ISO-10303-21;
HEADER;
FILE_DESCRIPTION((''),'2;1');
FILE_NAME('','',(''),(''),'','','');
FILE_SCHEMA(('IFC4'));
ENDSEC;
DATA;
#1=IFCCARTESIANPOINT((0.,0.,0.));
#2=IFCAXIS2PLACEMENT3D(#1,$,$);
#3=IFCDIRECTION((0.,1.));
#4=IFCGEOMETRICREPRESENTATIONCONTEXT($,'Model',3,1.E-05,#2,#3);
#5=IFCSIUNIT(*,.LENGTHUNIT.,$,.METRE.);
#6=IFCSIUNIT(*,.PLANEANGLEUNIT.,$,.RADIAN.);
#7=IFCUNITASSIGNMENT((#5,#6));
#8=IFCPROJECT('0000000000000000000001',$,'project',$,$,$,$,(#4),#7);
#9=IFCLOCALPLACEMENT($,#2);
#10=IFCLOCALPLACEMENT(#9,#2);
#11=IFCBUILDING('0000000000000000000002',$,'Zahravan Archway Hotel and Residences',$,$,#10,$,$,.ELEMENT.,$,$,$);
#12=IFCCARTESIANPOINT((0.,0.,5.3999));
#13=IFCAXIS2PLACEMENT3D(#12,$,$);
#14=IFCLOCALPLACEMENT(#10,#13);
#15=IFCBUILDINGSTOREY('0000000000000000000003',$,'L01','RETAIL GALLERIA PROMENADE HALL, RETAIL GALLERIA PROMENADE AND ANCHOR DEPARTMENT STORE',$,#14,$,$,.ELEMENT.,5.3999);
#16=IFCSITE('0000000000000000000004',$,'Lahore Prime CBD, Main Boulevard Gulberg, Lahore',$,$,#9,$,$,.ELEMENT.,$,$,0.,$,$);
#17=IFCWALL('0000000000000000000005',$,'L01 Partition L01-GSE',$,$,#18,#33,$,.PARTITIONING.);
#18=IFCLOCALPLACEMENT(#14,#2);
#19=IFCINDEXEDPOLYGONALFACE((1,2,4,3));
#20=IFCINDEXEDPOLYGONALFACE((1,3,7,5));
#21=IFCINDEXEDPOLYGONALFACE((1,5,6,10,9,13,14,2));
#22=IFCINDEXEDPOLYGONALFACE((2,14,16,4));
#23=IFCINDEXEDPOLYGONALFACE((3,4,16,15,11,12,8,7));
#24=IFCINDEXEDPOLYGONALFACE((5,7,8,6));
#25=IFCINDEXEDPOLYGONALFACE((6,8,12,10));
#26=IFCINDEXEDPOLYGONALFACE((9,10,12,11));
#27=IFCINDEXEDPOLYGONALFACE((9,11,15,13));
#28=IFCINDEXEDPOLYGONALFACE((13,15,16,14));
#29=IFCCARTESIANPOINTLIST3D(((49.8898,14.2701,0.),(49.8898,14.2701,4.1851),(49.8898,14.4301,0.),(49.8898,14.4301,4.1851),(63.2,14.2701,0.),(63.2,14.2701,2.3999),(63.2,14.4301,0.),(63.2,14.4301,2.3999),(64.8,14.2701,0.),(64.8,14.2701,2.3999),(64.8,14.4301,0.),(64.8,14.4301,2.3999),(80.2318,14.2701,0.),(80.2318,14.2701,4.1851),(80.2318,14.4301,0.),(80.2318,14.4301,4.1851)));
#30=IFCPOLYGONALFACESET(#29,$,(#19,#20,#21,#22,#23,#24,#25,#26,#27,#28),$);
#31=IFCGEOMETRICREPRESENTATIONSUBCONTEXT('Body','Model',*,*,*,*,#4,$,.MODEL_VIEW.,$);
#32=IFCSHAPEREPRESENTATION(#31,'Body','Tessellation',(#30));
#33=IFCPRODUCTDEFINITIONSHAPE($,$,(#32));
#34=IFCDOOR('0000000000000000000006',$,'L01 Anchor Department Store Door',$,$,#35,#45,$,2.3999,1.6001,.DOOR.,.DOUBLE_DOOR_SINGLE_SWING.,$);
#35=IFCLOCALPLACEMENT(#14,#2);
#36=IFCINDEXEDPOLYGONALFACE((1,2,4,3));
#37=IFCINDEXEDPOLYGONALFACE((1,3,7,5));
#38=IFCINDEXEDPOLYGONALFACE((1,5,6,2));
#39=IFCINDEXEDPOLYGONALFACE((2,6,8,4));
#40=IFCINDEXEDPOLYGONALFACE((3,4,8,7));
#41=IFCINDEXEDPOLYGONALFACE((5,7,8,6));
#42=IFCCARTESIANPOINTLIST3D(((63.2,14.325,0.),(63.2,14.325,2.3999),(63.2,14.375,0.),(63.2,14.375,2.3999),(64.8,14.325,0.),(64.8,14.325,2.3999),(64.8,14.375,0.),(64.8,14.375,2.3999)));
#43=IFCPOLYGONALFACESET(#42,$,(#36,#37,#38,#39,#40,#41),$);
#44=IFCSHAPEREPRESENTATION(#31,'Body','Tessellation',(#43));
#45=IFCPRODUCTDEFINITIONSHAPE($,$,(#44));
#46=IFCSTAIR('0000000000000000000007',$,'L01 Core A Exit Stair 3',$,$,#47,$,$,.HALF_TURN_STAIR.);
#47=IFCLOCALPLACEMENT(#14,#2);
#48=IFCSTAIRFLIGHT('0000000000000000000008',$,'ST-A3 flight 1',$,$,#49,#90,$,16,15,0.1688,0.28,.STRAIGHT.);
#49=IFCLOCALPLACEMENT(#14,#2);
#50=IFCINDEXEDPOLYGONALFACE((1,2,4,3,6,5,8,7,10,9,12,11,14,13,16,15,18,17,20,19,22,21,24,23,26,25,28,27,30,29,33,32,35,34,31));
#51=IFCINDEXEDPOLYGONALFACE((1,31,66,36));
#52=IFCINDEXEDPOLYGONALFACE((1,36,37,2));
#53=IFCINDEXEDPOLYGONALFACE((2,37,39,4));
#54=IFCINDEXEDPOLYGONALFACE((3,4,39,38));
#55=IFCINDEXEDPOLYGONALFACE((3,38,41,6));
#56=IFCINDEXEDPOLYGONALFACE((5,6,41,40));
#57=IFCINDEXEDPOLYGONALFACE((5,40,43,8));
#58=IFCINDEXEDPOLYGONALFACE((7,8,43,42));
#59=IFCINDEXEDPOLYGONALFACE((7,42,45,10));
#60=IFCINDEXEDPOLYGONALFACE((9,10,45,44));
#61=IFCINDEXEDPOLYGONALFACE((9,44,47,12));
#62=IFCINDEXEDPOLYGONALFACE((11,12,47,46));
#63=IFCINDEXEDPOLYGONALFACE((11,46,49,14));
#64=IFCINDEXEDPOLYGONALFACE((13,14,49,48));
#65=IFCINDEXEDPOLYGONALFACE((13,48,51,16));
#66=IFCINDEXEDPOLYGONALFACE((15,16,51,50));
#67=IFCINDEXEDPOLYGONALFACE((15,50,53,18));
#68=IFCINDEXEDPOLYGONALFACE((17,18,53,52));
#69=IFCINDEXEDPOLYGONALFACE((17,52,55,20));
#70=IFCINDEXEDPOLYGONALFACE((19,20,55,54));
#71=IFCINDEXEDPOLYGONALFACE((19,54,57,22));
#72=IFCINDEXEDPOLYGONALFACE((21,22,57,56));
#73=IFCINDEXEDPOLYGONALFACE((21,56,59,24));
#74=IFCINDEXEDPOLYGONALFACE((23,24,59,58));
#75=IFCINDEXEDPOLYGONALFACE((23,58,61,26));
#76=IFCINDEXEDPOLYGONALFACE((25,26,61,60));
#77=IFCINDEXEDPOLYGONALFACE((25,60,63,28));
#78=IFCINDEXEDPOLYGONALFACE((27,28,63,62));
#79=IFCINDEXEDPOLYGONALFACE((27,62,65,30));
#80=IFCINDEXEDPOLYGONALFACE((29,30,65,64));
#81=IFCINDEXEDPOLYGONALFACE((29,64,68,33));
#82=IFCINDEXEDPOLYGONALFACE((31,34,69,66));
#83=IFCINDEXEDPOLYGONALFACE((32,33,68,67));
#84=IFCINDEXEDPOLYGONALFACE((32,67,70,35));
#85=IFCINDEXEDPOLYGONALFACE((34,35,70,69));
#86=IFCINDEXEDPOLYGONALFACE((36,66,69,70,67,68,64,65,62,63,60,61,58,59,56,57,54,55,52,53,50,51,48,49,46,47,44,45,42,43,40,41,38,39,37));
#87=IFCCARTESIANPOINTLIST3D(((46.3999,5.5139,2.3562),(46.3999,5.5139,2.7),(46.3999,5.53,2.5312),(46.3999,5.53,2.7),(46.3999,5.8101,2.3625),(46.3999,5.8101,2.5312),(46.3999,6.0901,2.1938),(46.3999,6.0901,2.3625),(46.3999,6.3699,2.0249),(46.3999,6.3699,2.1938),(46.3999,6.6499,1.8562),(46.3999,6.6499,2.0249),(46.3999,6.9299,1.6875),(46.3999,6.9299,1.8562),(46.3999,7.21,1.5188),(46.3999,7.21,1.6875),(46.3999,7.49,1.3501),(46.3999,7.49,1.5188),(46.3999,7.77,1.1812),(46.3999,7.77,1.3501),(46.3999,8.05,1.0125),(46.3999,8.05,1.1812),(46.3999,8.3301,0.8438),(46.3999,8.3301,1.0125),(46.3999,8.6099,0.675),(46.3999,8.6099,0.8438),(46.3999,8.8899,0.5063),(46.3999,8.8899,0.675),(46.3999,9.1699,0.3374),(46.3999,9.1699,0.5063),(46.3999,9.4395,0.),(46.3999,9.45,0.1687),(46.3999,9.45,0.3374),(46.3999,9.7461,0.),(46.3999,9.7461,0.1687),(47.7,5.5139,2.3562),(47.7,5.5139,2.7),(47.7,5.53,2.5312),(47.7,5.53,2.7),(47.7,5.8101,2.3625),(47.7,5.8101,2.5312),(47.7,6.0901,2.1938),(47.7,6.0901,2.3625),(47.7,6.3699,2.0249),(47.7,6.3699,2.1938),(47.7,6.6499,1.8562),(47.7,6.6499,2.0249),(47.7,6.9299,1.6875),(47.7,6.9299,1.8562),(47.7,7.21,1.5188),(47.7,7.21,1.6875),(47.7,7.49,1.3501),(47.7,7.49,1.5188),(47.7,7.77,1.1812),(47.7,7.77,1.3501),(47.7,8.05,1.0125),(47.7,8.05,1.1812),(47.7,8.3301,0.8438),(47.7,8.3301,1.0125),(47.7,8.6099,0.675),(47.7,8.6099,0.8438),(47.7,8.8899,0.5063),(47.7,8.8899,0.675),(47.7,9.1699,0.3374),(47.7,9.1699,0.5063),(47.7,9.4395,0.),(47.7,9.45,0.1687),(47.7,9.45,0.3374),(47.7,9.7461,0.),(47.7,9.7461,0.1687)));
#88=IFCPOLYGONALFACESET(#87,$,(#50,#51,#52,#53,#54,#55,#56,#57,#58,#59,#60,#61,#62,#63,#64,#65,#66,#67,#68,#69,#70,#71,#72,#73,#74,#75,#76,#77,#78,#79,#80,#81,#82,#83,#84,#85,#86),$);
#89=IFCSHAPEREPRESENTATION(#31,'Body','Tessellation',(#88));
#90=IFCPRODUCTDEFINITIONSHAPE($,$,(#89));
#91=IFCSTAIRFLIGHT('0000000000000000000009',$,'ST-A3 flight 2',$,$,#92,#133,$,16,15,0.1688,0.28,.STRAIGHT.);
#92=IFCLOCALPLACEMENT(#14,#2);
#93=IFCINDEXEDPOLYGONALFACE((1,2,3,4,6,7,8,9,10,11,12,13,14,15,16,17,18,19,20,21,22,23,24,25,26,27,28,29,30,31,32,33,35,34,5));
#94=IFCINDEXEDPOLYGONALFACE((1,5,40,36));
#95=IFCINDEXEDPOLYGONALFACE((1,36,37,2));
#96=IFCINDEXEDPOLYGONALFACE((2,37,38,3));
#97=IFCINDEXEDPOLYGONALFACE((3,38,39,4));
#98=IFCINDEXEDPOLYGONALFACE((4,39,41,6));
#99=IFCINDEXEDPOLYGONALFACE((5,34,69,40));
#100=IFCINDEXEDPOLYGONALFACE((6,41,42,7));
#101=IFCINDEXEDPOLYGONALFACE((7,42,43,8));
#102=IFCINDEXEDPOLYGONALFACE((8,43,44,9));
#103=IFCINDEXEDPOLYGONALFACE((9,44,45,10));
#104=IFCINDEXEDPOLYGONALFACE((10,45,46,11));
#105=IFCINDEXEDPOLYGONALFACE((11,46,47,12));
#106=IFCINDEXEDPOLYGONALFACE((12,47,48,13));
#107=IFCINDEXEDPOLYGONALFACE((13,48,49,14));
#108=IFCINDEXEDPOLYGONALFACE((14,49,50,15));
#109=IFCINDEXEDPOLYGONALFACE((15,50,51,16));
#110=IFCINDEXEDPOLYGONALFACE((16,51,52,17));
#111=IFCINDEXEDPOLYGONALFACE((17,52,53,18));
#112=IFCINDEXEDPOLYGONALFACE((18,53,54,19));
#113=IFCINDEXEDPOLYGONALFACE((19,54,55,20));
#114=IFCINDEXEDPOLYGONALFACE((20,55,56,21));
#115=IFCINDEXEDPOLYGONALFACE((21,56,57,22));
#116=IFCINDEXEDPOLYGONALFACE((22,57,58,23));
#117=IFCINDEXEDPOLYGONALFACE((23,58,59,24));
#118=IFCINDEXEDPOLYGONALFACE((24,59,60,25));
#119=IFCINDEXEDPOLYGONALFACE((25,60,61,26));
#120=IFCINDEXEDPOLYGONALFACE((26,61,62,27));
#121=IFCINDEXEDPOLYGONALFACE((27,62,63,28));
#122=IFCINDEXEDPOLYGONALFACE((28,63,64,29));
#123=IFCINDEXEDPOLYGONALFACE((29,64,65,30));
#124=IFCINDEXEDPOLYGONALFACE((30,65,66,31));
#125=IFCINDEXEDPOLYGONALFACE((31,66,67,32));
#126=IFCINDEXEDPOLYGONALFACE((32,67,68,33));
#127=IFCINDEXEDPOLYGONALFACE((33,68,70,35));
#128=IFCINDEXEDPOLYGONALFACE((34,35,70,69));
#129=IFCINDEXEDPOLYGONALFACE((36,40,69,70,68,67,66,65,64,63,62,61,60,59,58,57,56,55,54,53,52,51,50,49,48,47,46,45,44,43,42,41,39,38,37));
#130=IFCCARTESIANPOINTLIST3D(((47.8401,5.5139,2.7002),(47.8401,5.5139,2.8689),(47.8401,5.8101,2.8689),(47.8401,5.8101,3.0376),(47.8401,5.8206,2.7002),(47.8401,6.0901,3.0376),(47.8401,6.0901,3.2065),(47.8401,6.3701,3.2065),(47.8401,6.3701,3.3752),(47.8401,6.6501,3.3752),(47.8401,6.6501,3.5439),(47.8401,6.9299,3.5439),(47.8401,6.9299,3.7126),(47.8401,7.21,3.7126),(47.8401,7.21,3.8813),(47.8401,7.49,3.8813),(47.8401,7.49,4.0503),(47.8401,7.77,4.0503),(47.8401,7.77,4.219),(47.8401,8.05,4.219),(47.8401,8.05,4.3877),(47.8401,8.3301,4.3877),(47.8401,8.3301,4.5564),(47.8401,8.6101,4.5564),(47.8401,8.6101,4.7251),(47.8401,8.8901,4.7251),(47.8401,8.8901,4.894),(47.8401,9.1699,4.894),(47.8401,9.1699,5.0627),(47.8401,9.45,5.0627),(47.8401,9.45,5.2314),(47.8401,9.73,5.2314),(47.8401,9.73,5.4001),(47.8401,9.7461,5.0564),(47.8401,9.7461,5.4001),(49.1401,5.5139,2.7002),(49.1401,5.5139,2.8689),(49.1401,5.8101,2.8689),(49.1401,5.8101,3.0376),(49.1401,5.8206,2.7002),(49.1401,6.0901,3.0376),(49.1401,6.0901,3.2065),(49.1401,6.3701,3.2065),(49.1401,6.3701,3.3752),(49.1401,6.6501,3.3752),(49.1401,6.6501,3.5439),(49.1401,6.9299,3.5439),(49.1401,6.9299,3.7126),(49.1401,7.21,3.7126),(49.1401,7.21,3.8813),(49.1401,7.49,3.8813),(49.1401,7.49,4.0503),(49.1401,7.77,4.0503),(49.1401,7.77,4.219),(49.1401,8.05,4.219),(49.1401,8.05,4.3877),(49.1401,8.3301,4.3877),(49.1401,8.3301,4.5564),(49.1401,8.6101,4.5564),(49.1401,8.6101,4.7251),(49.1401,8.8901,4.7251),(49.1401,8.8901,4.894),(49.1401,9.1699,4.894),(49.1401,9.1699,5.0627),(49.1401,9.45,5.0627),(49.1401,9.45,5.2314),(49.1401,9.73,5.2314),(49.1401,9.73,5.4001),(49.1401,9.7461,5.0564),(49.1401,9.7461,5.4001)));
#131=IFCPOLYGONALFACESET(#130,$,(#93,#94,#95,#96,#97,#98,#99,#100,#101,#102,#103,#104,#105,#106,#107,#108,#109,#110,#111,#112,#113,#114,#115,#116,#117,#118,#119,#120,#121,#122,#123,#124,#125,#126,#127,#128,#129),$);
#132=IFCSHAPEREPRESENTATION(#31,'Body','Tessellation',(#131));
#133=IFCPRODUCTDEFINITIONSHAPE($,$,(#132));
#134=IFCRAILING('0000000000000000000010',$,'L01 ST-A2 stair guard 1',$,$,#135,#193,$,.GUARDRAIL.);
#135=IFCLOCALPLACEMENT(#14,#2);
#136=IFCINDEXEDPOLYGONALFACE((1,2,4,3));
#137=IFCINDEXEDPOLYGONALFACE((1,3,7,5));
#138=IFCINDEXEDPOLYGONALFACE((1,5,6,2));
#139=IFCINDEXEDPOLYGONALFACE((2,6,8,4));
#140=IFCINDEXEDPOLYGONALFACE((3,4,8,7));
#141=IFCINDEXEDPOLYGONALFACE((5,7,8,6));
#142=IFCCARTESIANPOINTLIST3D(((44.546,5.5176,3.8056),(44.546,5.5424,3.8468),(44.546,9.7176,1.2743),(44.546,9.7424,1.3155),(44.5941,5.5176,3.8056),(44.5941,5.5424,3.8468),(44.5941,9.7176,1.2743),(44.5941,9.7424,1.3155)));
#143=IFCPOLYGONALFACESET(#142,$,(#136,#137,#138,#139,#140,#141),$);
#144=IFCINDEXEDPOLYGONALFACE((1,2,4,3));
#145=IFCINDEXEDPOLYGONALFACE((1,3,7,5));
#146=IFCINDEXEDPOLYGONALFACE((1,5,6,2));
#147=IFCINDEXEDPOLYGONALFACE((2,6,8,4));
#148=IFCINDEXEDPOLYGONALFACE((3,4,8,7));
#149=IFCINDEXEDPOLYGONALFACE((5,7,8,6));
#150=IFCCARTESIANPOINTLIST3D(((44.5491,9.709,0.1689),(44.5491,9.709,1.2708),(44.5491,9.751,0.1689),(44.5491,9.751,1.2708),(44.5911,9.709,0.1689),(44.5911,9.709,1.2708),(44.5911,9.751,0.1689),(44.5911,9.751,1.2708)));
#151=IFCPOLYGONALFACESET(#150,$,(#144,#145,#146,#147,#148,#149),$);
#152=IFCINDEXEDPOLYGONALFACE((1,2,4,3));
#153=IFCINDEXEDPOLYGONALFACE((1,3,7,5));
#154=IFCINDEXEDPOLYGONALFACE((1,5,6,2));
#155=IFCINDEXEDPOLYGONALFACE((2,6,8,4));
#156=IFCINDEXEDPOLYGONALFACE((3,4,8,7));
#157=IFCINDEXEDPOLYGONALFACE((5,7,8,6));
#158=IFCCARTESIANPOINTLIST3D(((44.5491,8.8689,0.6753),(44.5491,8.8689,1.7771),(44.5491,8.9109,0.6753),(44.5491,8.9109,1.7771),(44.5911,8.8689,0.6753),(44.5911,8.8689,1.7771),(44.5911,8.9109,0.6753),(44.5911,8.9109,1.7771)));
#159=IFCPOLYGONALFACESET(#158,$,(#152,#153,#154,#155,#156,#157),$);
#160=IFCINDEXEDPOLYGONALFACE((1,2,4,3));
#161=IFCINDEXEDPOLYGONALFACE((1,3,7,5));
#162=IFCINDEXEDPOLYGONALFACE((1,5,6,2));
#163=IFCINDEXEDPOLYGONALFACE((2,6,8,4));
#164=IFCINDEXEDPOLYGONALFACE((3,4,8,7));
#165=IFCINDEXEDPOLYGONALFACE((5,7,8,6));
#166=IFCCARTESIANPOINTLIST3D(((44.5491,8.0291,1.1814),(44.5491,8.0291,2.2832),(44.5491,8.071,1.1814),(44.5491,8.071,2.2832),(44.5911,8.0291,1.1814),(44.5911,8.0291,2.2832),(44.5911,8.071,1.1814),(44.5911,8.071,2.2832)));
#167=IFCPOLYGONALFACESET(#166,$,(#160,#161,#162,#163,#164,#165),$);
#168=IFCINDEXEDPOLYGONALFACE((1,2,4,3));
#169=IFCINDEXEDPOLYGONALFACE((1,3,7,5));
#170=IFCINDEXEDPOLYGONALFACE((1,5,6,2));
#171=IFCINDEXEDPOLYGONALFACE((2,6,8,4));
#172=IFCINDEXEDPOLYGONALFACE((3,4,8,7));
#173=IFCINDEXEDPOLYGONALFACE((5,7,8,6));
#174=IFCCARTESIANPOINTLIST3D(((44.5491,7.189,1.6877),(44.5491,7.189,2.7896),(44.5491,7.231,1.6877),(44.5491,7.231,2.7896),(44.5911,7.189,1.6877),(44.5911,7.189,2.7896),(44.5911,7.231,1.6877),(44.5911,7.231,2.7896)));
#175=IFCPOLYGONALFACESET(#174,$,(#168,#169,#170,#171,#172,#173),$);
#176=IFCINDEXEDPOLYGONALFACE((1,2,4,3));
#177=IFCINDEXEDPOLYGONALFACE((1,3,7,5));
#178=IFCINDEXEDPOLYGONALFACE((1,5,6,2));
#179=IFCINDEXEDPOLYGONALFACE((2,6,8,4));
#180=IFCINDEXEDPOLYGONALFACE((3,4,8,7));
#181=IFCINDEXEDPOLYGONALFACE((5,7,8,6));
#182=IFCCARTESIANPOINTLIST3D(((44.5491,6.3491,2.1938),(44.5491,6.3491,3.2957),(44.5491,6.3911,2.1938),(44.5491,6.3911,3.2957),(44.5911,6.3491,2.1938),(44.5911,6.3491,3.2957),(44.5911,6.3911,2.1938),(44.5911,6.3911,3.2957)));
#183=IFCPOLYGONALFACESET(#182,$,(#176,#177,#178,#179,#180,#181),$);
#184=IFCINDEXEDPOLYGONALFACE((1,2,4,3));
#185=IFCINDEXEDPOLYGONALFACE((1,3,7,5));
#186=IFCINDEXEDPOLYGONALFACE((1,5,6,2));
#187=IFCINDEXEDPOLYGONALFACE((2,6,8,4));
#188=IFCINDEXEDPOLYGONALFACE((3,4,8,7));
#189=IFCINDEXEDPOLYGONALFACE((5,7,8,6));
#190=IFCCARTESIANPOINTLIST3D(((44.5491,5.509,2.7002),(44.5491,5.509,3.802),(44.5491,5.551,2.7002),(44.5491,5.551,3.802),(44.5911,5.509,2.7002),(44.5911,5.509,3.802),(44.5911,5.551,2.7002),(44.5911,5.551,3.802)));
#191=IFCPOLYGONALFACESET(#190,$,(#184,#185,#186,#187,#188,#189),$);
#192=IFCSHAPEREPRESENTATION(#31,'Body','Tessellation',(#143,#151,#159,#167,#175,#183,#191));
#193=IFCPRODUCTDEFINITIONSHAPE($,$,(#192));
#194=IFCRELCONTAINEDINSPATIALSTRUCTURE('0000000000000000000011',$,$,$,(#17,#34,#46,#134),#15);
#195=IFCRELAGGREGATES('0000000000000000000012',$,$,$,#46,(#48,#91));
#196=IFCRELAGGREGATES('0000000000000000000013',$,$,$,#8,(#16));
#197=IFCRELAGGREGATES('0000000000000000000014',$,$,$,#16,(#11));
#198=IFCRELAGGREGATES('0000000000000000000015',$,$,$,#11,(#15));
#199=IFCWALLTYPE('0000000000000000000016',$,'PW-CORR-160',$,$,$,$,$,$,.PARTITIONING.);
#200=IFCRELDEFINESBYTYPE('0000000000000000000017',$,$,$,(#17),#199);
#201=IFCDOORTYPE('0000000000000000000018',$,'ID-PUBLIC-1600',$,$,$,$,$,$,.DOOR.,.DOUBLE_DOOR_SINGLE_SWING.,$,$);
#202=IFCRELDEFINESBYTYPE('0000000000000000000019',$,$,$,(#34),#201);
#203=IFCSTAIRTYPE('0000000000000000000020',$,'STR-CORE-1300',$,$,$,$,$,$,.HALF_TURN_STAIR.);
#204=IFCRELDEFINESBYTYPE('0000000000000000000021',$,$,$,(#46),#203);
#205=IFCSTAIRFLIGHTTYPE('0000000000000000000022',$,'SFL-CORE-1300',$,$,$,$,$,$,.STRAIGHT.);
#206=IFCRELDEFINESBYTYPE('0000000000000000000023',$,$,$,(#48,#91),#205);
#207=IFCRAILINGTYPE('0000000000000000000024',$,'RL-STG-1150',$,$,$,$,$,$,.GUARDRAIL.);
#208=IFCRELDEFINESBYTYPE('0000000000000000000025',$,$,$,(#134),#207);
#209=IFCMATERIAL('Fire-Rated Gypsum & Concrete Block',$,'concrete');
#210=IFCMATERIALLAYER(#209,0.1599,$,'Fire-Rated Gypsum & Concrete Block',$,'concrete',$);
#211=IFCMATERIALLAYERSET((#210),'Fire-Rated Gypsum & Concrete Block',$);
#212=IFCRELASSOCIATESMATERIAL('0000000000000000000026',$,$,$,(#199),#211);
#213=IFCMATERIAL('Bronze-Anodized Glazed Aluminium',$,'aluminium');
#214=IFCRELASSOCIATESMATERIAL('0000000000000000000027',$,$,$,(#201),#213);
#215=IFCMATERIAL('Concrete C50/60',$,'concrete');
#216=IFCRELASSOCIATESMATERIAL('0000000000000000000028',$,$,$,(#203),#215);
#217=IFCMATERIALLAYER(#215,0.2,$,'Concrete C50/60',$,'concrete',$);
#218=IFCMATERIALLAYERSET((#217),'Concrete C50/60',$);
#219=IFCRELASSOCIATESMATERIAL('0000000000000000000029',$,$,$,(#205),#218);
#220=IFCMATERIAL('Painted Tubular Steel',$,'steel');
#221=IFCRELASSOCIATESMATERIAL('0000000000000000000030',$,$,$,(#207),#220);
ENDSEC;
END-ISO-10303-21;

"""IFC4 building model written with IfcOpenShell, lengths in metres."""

from ifc_helpers import new_model, si_unit, direction, frame, frame_2d, origin, origin_2d, place, context, subcontext, project, spatial, polyline, rectangle, outline, extrude, source, transform, mapped, material, layer, layer_set, type_object, type_shapes, element, fill, aggregate, save


model = new_model("IFC4")

# Units and contexts
model_context = context("Model", 3, precision=1e-05, world=origin(), true_north=direction((0.0, 1.0)))
body_context = subcontext(model_context, "Body", "Model", "MODEL_VIEW")
ifc_project = project(units=[si_unit("LENGTHUNIT", "METRE"), si_unit("PLANEANGLEUNIT", "RADIAN")], contexts=[model_context])

# Site, building, storey
site_placement = place(None, origin())
site = spatial("IfcSite", under=ifc_project, at=site_placement, Name="Lahore Prime CBD, Main Boulevard Gulberg, Lahore", CompositionType="ELEMENT", RefElevation=0.0)
building_placement = place(site_placement, origin())
building = spatial("IfcBuilding", under=site, at=building_placement, Name="Zahravan Archway Hotel and Residences", CompositionType="ELEMENT")
storey_placement = place(building_placement, frame((0.0, 0.0, 5.3999)))
storey = spatial("IfcBuildingStorey", under=building, at=storey_placement, Name="L01", Description="RETAIL GALLERIA PROMENADE HALL, RETAIL GALLERIA PROMENADE AND ANCHOR DEPARTMENT STORE", CompositionType="ELEMENT", Elevation=5.3999)

# Wall, opening, door
ifc_material_1 = material(Name="Fire-Rated Gypsum & Concrete Block", Category="concrete")
ifc_layer_1 = layer(ifc_material_1, 0.1599, Name="Fire-Rated Gypsum & Concrete Block", Category="concrete")
ifc_layer_set_1 = layer_set([ifc_layer_1], Name="Fire-Rated Gypsum & Concrete Block")
wall_type = type_object("IfcWallType", Name="PW-CORR-160", PredefinedType="PARTITIONING", material=ifc_layer_set_1)
wall_placement = place(storey_placement, frame((49.8899, 14.3501, 0.0), z_axis=(0.0, 0.0, 1.0), x_axis=(1.0, 0.0, 0.0)))
wall = element("IfcWall", 1, at=wall_placement, inside=storey, type_object=wall_type, Name="L01 Partition L01-GSE", PredefinedType="PARTITIONING", context=body_context, shape_type="SweptSolid", body=[
    extrude(rectangle(XDim=30.342, YDim=0.1599, at=frame_2d((15.1709, 0.0))), origin(), (0.0, 0.0, 1.0), 4.1851),
])
opening_placement = place(wall_placement, frame((13.3101, 0.0, 0.0)))
opening = element("IfcOpeningElement", 2, at=opening_placement, cuts=wall, PredefinedType="OPENING", context=body_context, shape_type="SweptSolid", body=[
    extrude(rectangle(XDim=1.6001, YDim=2.3999, at=frame_2d((0.8, 1.2))), frame((0.0, 0.0898, 0.0), z_axis=(0.0, -1.0, 0.0), x_axis=(1.0, 0.0, 0.0)), (0.0, 0.0, 1.0), 0.1799),
])
ifc_material_2 = material(Name="Bronze-Anodized Glazed Aluminium", Category="aluminium")
door_type = type_object("IfcDoorType", Name="ID-PUBLIC-1600", OperationType="DOUBLE_DOOR_SINGLE_SWING", PredefinedType="DOOR", material=ifc_material_2)
shared_shape_1 = source(origin(), body_context, "Body", "SweptSolid", [
    extrude(rectangle(XDim=1.6001, YDim=2.3999, at=frame_2d((0.8, 1.2))), frame((0.0, 0.0249, 0.0), z_axis=(0.0, -1.0, 0.0), x_axis=(1.0, 0.0, 0.0)), (0.0, 0.0, 1.0), 0.05),
])
type_shapes(door_type, [shared_shape_1])
door_placement = place(opening_placement, origin())
door = element("IfcDoor", 3, at=door_placement, inside=storey, type_object=door_type, Name="L01 Anchor Department Store Door", OperationType="DOUBLE_DOOR_SINGLE_SWING", OverallHeight=2.3999, OverallWidth=1.6001, PredefinedType="DOOR", context=body_context, shape_type="MappedRepresentation", body=[
    mapped(shared_shape_1, transform((0.0, 0.0, 0.0), scale=1.0)),
])
fill(opening, door)

# Stair, stair flights
ifc_material_3 = material(Name="Concrete C50/60", Category="concrete")
stair_type = type_object("IfcStairType", Name="STR-CORE-1300", PredefinedType="HALF_TURN_STAIR", material=ifc_material_3)
stair_placement = place(storey_placement, origin())
stair = element("IfcStair", 4, at=stair_placement, inside=storey, type_object=stair_type, Name="L01 Core A Exit Stair 3", PredefinedType="HALF_TURN_STAIR")
ifc_layer_2 = layer(ifc_material_3, 0.2, Name="Concrete C50/60", Category="concrete")
ifc_layer_set_2 = layer_set([ifc_layer_2], Name="Concrete C50/60")
stair_flight_type = type_object("IfcStairFlightType", Name="SFL-CORE-1300", PredefinedType="STRAIGHT", material=ifc_layer_set_2)
shared_shape_2 = source(origin(), body_context, "Body", "SweptSolid", [
    extrude(outline(polyline([(-0.0161, 0.0), (-0.0161, 0.1687), (0.28, 0.1687), (0.28, 0.3374), (0.5601, 0.3374), (0.5601, 0.5063), (0.8401, 0.5063), (0.8401, 0.675), (1.1201, 0.675), (1.1201, 0.8438), (1.3999, 0.8438), (1.3999, 1.0125), (1.6799, 1.0125), (1.6799, 1.1812), (1.96, 1.1812), (1.96, 1.3501), (2.24, 1.3501), (2.24, 1.5188), (2.52, 1.5188), (2.52, 1.6875), (2.8, 1.6875), (2.8, 1.8562), (3.0801, 1.8562), (3.0801, 2.0249), (3.3601, 2.0249), (3.3601, 2.1938), (3.6399, 2.1938), (3.6399, 2.3625), (3.9199, 2.3625), (3.9199, 2.5312), (4.2, 2.5312), (4.2, 2.7), (4.2161, 2.7), (4.2161, 2.3562), (0.2905, 0.0), (-0.0161, 0.0)])), frame((0.0, 0.6499, 0.0), z_axis=(0.0, -1.0, 0.0), x_axis=(1.0, 0.0, 0.0)), (0.0, 0.0, 1.0), 1.3),
])
stair_flight_1_placement = place(storey_placement, frame((47.05, 9.73, 0.0), z_axis=(0.0, 0.0, 1.0), x_axis=(0.0, -1.0, 0.0)))
stair_flight_1 = element("IfcStairFlight", 5, at=stair_flight_1_placement, type_object=stair_flight_type, Name="ST-A3 flight 1", NumberOfRisers=16, NumberOfTreads=15, PredefinedType="STRAIGHT", RiserHeight=0.1688, TreadLength=0.28, context=body_context, shape_type="MappedRepresentation", body=[
    mapped(shared_shape_2, transform((0.0, 0.0, 0.0), scale=1.0)),
])
stair_flight_2_placement = place(storey_placement, frame((48.49, 5.53, 2.7002), z_axis=(0.0, 0.0, 1.0), x_axis=(0.0, 1.0, 0.0)))
stair_flight_2 = element("IfcStairFlight", 6, at=stair_flight_2_placement, type_object=stair_flight_type, Name="ST-A3 flight 2", NumberOfRisers=16, NumberOfTreads=15, PredefinedType="STRAIGHT", RiserHeight=0.1688, TreadLength=0.28, context=body_context, shape_type="MappedRepresentation", body=[
    mapped(shared_shape_2, transform((0.0, 0.0, 0.0), scale=1.0)),
])
aggregate(stair, [stair_flight_1, stair_flight_2])

# Railing
ifc_material_4 = material(Name="Painted Tubular Steel", Category="steel")
railing_type_1 = type_object("IfcRailingType", Name="RL-STG-1150", PredefinedType="GUARDRAIL", material=ifc_material_4)
railing_1_placement = place(storey_placement, frame((44.5701, 9.73, 0.1689)))
element("IfcRailing", 7, at=railing_1_placement, inside=storey, type_object=railing_type_1, Name="L01 ST-A2 stair guard 1", PredefinedType="GUARDRAIL", context=body_context, shape_type="SweptSolid", body=[
    extrude(rectangle(XDim=0.0481, YDim=0.0481, at=origin_2d()), frame((0.0, 0.0, 1.126), z_axis=(0.0, -0.856476, 0.516186), x_axis=(1.0, 0.0, 0.0)), (0.0, 0.0, 1.0), 4.9038),
    extrude(rectangle(XDim=0.042, YDim=0.042, at=origin_2d()), origin(), (0.0, 0.0, 1.0), 1.1018),
    extrude(rectangle(XDim=0.042, YDim=0.042, at=origin_2d()), frame((0.0, -0.8401, 0.5063)), (0.0, 0.0, 1.0), 1.1018),
    extrude(rectangle(XDim=0.042, YDim=0.042, at=origin_2d()), frame((0.0, -1.6799, 1.0125)), (0.0, 0.0, 1.0), 1.1018),
    extrude(rectangle(XDim=0.042, YDim=0.042, at=origin_2d()), frame((0.0, -2.52, 1.5188)), (0.0, 0.0, 1.0), 1.1018),
    extrude(rectangle(XDim=0.042, YDim=0.042, at=origin_2d()), frame((0.0, -3.3599, 2.0249)), (0.0, 0.0, 1.0), 1.1018),
    extrude(rectangle(XDim=0.042, YDim=0.042, at=origin_2d()), frame((0.0, -4.2, 2.5312)), (0.0, 0.0, 1.0), 1.1018),
])

save(model, "model.ifc")
